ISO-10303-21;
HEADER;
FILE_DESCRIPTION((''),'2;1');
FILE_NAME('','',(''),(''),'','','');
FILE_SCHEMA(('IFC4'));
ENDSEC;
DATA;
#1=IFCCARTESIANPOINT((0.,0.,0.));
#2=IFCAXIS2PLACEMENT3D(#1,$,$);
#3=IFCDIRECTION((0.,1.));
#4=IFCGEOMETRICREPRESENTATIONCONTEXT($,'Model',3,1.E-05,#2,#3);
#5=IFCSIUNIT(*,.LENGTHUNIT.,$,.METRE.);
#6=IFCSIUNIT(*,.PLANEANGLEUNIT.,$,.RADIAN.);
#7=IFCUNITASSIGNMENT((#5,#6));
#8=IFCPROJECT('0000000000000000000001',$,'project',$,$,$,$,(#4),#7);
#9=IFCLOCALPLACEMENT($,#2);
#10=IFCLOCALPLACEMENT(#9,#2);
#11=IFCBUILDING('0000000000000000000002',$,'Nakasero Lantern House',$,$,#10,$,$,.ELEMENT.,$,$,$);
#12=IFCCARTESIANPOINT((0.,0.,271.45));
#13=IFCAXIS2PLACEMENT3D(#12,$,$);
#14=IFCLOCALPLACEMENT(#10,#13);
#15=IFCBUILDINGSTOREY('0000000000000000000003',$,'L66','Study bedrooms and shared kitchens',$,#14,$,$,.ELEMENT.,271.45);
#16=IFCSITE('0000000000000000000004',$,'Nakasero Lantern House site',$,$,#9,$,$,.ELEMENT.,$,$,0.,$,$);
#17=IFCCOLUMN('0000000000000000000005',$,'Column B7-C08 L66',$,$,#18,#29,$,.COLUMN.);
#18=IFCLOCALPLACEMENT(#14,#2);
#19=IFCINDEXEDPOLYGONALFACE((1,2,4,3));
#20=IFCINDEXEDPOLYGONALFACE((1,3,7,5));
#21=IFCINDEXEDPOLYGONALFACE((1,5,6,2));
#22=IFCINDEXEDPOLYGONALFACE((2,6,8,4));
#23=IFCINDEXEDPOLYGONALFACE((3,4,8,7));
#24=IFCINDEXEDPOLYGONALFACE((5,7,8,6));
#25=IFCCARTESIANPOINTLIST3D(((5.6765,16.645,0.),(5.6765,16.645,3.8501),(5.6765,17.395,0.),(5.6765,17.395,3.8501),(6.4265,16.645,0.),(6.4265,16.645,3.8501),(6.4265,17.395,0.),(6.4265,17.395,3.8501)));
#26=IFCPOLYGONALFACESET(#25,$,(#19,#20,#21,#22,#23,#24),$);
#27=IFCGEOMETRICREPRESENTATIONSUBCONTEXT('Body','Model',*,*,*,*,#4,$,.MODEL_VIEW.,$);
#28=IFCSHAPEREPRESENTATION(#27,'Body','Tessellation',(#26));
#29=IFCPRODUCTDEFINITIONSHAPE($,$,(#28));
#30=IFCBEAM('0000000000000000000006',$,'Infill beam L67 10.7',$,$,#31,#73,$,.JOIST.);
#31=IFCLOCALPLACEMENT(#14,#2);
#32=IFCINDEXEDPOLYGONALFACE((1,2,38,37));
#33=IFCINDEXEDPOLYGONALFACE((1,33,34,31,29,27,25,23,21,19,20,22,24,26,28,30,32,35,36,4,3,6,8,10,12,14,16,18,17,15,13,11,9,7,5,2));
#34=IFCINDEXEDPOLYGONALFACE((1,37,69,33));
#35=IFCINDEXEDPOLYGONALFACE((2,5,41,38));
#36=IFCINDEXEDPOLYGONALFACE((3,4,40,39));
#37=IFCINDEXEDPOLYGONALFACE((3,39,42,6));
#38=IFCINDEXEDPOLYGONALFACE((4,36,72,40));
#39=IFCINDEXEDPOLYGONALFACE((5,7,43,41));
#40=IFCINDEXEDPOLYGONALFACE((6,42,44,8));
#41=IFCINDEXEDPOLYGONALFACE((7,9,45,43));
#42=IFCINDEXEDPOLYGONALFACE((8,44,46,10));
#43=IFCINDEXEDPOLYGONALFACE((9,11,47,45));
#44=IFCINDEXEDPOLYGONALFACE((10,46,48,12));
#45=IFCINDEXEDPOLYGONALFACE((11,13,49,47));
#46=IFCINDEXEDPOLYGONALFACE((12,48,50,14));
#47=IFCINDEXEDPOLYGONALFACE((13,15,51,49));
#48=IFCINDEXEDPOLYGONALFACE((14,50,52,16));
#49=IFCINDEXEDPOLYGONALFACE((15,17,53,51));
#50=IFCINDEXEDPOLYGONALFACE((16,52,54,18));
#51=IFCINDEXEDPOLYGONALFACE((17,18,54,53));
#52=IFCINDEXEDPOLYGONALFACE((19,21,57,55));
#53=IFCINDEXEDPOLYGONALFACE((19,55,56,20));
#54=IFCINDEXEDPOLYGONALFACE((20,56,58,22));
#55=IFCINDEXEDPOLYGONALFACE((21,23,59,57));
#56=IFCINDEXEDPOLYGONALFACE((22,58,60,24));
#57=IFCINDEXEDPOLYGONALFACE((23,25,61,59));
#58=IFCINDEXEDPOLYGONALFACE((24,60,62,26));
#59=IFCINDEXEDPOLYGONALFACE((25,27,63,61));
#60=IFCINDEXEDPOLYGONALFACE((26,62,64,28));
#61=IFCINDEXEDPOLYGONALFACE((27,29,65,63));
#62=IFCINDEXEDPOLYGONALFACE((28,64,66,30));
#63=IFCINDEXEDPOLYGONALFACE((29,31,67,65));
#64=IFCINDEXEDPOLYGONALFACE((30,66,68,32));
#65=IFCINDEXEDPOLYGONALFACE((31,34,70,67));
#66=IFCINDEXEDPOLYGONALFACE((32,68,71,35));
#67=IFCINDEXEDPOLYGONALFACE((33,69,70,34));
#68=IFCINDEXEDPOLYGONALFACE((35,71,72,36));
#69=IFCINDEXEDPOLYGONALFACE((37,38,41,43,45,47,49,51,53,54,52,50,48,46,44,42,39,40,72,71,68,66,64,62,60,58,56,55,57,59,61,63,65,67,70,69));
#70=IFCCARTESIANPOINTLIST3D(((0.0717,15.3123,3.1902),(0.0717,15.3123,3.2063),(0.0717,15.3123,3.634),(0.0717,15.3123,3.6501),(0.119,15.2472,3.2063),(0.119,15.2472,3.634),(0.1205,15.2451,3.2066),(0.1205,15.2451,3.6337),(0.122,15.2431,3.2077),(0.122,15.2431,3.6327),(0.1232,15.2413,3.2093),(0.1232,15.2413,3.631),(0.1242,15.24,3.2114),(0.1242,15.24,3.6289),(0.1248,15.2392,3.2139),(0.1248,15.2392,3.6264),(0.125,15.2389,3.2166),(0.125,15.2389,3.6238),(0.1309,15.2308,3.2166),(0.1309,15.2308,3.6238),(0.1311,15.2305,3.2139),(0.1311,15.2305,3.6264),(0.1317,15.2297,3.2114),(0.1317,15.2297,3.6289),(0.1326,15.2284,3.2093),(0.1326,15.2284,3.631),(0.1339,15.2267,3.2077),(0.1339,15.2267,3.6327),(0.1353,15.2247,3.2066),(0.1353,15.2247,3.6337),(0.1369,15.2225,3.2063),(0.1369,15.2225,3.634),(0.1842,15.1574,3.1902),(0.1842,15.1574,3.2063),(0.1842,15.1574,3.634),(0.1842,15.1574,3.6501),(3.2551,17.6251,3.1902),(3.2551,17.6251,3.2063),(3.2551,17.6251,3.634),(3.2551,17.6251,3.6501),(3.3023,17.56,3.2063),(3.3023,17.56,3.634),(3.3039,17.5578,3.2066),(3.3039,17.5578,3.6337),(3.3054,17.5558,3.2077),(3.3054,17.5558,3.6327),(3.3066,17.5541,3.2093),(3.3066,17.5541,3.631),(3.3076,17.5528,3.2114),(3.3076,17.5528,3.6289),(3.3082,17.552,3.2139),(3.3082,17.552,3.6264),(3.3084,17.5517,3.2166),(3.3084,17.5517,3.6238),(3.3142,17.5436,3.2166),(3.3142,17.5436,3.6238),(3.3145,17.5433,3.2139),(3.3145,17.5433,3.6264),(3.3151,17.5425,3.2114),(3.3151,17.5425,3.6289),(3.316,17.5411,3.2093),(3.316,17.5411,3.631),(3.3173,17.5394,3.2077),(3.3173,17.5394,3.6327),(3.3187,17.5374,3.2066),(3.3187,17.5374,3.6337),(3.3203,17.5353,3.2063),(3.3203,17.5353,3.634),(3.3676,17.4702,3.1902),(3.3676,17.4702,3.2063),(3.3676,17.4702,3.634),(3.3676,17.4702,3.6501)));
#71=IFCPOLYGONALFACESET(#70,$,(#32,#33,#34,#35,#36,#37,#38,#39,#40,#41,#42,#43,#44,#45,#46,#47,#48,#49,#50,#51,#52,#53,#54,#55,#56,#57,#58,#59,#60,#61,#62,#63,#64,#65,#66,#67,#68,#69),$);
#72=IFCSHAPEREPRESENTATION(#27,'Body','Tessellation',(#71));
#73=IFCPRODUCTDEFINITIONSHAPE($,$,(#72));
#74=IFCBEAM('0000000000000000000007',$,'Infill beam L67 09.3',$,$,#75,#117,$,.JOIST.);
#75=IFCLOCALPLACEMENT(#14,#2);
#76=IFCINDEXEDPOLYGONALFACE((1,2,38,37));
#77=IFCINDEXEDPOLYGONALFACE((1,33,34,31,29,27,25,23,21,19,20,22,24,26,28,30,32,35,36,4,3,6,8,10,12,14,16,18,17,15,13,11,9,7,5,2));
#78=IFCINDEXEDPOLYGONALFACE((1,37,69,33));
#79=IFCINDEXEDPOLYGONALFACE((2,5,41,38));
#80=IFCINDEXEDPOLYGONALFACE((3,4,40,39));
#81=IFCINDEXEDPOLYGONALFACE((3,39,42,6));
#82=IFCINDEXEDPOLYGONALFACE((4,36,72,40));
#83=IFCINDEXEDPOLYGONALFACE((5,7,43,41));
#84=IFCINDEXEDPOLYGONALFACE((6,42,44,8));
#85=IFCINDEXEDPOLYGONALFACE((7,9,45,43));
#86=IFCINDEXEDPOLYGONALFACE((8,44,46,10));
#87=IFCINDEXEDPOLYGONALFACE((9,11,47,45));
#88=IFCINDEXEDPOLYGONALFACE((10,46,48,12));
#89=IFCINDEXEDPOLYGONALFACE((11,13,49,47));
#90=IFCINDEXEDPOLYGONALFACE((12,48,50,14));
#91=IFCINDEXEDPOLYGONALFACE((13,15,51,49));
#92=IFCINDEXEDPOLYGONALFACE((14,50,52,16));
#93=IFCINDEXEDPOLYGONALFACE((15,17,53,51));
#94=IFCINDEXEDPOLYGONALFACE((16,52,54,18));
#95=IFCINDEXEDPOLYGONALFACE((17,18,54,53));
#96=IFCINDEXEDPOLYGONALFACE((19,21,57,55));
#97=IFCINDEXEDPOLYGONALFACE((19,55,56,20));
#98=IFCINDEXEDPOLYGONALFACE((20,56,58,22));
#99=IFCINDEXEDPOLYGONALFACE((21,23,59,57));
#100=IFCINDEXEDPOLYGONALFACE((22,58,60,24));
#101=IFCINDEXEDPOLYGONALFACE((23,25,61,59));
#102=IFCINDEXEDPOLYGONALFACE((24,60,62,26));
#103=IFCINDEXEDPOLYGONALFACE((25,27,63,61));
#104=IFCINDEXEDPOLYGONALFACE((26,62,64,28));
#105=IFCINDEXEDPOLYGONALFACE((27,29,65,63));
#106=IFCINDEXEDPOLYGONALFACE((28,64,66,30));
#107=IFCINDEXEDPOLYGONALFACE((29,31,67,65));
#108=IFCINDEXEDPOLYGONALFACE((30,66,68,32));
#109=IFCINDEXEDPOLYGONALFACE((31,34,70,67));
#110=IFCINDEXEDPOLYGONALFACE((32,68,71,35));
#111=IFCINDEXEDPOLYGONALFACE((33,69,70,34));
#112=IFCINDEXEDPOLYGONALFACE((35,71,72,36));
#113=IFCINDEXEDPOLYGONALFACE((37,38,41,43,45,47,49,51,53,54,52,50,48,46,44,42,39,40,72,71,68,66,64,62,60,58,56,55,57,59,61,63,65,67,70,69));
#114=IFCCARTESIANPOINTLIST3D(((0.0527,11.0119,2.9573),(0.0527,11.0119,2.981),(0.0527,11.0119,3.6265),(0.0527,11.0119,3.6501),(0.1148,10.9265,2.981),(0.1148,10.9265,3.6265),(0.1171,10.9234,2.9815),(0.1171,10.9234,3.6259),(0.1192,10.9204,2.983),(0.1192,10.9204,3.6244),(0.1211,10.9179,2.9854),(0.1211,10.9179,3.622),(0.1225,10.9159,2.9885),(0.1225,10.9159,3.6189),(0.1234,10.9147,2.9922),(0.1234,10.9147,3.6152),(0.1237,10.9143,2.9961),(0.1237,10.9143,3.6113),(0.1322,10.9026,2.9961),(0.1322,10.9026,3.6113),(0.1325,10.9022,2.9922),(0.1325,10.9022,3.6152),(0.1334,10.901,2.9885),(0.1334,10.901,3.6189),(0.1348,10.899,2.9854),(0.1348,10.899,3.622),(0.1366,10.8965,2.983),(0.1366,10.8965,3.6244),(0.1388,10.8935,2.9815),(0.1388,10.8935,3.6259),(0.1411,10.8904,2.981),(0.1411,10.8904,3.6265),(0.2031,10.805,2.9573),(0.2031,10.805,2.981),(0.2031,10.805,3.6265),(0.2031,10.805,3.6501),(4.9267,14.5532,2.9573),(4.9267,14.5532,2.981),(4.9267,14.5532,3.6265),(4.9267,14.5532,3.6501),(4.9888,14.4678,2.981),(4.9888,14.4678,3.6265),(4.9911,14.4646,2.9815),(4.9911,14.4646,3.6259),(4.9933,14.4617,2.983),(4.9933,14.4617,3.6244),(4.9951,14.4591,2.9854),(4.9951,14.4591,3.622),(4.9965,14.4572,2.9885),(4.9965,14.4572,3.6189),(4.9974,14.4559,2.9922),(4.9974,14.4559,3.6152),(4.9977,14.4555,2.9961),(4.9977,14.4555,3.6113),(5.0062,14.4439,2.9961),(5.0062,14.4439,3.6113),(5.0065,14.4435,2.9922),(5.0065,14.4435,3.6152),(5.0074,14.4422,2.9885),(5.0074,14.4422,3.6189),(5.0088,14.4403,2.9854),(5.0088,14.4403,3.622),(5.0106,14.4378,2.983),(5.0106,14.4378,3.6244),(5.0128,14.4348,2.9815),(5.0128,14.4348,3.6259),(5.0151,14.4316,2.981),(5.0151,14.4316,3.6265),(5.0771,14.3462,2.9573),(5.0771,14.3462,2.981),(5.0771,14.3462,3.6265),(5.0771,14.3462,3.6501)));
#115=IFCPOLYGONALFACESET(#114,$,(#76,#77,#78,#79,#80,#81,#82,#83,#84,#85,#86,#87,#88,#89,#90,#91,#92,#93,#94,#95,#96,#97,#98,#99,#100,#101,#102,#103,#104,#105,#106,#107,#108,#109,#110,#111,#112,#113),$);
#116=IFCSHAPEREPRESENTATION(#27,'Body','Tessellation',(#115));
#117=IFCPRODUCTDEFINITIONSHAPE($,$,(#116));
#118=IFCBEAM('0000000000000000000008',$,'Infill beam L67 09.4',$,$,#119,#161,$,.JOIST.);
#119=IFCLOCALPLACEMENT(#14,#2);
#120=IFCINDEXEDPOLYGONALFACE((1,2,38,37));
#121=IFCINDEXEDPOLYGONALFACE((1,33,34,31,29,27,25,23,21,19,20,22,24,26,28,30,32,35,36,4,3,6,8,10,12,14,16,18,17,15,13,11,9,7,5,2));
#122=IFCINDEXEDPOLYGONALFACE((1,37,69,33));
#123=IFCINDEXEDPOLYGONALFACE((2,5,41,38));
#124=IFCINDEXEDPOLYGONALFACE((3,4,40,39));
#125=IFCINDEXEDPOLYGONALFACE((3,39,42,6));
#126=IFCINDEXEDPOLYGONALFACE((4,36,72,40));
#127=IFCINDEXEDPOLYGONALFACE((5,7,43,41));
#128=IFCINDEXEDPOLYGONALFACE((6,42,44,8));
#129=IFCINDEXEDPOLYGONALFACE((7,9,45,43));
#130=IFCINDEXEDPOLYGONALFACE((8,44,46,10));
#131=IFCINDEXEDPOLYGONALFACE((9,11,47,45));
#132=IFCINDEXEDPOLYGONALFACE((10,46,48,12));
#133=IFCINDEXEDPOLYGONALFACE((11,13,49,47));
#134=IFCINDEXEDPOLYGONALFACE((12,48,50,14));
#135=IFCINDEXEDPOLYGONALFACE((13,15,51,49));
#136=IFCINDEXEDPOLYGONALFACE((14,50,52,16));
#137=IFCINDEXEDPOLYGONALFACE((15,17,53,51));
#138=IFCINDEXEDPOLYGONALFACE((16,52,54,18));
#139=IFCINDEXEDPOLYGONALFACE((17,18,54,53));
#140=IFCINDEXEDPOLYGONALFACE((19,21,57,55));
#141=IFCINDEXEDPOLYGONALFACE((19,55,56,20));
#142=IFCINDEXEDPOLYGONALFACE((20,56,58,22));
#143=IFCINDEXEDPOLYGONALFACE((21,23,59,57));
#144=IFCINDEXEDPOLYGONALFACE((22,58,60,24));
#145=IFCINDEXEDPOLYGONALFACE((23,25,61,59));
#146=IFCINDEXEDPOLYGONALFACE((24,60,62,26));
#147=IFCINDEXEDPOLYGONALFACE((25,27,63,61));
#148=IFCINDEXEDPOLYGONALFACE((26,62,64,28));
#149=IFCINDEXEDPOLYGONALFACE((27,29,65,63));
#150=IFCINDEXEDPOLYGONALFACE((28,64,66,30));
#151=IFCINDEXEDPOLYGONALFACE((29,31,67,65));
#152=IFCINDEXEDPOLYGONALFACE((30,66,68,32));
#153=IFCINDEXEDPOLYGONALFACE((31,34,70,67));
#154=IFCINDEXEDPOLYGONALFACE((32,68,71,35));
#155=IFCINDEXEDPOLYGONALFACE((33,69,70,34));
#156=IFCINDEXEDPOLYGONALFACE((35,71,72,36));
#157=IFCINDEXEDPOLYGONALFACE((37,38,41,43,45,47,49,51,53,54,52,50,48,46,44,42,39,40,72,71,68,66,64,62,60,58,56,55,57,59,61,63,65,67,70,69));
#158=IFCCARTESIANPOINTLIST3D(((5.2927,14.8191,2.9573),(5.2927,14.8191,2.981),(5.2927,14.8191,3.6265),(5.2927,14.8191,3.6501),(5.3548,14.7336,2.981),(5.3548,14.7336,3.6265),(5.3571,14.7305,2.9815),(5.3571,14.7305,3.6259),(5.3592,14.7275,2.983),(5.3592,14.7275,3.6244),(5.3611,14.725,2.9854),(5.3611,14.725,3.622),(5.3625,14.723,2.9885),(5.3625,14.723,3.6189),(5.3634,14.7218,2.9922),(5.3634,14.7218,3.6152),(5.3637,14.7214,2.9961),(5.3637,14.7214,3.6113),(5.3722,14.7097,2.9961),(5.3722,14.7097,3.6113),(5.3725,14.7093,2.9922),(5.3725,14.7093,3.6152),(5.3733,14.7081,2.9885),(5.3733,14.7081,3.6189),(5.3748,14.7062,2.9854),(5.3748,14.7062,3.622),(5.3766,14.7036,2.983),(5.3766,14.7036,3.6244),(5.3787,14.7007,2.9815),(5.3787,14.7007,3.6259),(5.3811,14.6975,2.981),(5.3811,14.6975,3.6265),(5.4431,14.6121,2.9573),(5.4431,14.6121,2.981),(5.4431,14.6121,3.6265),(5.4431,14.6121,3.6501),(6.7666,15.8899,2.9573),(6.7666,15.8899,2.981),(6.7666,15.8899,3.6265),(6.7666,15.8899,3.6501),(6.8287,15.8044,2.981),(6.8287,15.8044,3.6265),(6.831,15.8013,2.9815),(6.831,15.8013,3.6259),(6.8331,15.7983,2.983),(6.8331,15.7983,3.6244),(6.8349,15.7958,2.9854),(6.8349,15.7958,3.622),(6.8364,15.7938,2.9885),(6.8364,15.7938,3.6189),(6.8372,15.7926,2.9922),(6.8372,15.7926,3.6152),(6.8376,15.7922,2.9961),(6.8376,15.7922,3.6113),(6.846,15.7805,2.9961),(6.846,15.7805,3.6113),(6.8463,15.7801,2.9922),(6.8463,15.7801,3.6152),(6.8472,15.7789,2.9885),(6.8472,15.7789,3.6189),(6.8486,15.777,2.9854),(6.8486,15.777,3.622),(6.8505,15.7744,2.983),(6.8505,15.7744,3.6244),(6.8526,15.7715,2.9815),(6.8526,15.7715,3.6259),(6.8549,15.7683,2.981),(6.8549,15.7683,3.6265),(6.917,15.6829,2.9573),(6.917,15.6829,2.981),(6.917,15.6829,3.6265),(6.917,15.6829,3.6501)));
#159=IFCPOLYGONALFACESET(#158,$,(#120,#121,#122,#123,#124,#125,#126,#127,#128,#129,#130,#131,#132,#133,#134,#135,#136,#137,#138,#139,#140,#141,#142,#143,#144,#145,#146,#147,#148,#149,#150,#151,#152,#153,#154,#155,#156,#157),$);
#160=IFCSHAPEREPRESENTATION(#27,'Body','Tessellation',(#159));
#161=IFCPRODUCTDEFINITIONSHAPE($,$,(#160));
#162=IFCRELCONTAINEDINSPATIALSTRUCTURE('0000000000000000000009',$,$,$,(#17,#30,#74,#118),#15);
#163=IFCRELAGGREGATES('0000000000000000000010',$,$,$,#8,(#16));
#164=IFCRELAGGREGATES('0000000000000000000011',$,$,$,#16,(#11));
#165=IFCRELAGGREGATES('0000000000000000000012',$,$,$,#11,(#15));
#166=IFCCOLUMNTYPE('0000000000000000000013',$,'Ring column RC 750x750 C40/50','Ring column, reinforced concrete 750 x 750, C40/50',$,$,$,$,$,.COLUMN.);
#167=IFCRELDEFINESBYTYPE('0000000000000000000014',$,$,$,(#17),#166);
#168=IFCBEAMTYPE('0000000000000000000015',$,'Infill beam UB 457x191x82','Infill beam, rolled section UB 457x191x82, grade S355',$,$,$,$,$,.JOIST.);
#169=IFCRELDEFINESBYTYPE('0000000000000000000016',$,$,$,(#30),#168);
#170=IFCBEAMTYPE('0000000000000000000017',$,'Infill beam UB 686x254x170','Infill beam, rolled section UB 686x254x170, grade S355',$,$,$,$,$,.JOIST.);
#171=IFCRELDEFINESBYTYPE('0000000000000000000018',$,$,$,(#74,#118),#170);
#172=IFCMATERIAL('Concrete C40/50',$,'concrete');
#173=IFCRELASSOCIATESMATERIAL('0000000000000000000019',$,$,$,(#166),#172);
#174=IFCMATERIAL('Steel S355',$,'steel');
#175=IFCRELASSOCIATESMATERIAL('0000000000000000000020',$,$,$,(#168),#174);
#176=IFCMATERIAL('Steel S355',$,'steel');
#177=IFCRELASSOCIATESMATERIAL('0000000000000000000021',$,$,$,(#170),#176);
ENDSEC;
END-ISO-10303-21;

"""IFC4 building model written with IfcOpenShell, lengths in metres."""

from ifc_helpers import new_model, si_unit, direction, frame, origin, origin_2d, place, context, subcontext, project, spatial, rectangle, i_section, extrude, material, material_profile, profile_set, type_object, element, save


model = new_model("IFC4")

# Units and contexts
model_context = context("Model", 3, precision=1e-05, world=origin(), true_north=direction((0.0, 1.0)))
body_context = subcontext(model_context, "Body", "Model", "MODEL_VIEW")
ifc_project = project(units=[si_unit("LENGTHUNIT", "METRE"), si_unit("PLANEANGLEUNIT", "RADIAN")], contexts=[model_context])

# Site, building, storey
site_placement = place(None, origin())
site = spatial("IfcSite", under=ifc_project, at=site_placement, Name="Nakasero Lantern House site", CompositionType="ELEMENT", RefElevation=0.0)
building_placement = place(site_placement, origin())
building = spatial("IfcBuilding", under=site, at=building_placement, Name="Nakasero Lantern House", CompositionType="ELEMENT")
storey_placement = place(building_placement, frame((0.0, 0.0, 271.45)))
storey = spatial("IfcBuildingStorey", under=building, at=storey_placement, Name="L66", Description="Study bedrooms and shared kitchens", CompositionType="ELEMENT", Elevation=271.45)

# Column
ifc_material_1 = material(Name="Concrete C40/50", Category="concrete")
ifc_material_profile_1 = material_profile(ifc_material_1, rectangle(XDim=0.75, YDim=0.75, at=origin_2d()), Name="RC 750x750")
ifc_profile_set_1 = profile_set([ifc_material_profile_1], Name="Concrete C40/50")
column_type = type_object("IfcColumnType", Name="Ring column RC 750x750 C40/50", Description="Ring column, reinforced concrete 750 x 750, C40/50", PredefinedType="COLUMN", material=ifc_profile_set_1)
column_placement = place(storey_placement, frame((6.0515, 17.02, 0.0), z_axis=(0.0, 0.0, 1.0), x_axis=(1.0, 0.0, 0.0)))
element("IfcColumn", 1, at=column_placement, inside=storey, type_object=column_type, Name="Column B7-C08 L66", PredefinedType="COLUMN", context=body_context, shape_type="SweptSolid", body=[
    extrude(rectangle(XDim=0.75, YDim=0.75, at=origin_2d()), origin(), (0.0, 0.0, 1.0), 3.8501),
])

# Beams
ifc_material_2 = material(Name="Steel S355", Category="steel")
ifc_material_profile_2 = material_profile(ifc_material_2, i_section(OverallWidth=0.1914, OverallDepth=0.46, WebThickness=0.01, FlangeThickness=0.0161, FilletRadius=0.0103, at=origin_2d()), Name="UB 457x191x82")
ifc_profile_set_2 = profile_set([ifc_material_profile_2], Name="Steel S355")
beam_type_1 = type_object("IfcBeamType", Name="Infill beam UB 457x191x82", Description="Infill beam, rolled section UB 457x191x82, grade S355", PredefinedType="JOIST", material=ifc_profile_set_2)
beam_1_placement = place(storey_placement, frame((0.1279, 15.2349, 3.4202), z_axis=(0.809028, 0.587769, 0.0), x_axis=(-0.587769, 0.809028, 0.0)))
element("IfcBeam", 2, at=beam_1_placement, inside=storey, type_object=beam_type_1, Name="Infill beam L67 10.7", PredefinedType="JOIST", context=body_context, shape_type="SweptSolid", body=[
    extrude(i_section(OverallWidth=0.1914, OverallDepth=0.46, WebThickness=0.01, FlangeThickness=0.0161, FilletRadius=0.0103, at=origin_2d()), origin(), (0.0, 0.0, 1.0), 3.9348),
])
ifc_material_3 = material(Name="Steel S355", Category="steel")
ifc_material_profile_3 = material_profile(ifc_material_3, i_section(OverallWidth=0.2559, OverallDepth=0.6929, WebThickness=0.0144, FlangeThickness=0.0237, FilletRadius=0.0151, at=origin_2d()), Name="UB 686x254x170")
ifc_profile_set_3 = profile_set([ifc_material_profile_3], Name="Steel S355")
beam_type_2 = type_object("IfcBeamType", Name="Infill beam UB 686x254x170", Description="Infill beam, rolled section UB 686x254x170, grade S355", PredefinedType="JOIST", material=ifc_profile_set_3)
beam_2_placement = place(storey_placement, frame((0.1279, 10.9084, 3.3037), z_axis=(0.809011, 0.587793, 0.0), x_axis=(-0.587793, 0.809011, 0.0)))
element("IfcBeam", 3, at=beam_2_placement, inside=storey, type_object=beam_type_2, Name="Infill beam L67 09.3", PredefinedType="JOIST", context=body_context, shape_type="SweptSolid", body=[
    extrude(i_section(OverallWidth=0.2559, OverallDepth=0.6929, WebThickness=0.0144, FlangeThickness=0.0237, FilletRadius=0.0151, at=origin_2d()), origin(), (0.0, 0.0, 1.0), 6.0247),
])
beam_3_placement = place(storey_placement, frame((5.3679, 14.7156, 3.3037), z_axis=(0.809026, 0.587773, 0.0), x_axis=(-0.587773, 0.809026, 0.0)))
element("IfcBeam", 4, at=beam_3_placement, inside=storey, type_object=beam_type_2, Name="Infill beam L67 09.4", PredefinedType="JOIST", context=body_context, shape_type="SweptSolid", body=[
    extrude(i_section(OverallWidth=0.2559, OverallDepth=0.6929, WebThickness=0.0144, FlangeThickness=0.0237, FilletRadius=0.0151, at=origin_2d()), origin(), (0.0, 0.0, 1.0), 1.8218),
])

save(model, "model.ifc")
